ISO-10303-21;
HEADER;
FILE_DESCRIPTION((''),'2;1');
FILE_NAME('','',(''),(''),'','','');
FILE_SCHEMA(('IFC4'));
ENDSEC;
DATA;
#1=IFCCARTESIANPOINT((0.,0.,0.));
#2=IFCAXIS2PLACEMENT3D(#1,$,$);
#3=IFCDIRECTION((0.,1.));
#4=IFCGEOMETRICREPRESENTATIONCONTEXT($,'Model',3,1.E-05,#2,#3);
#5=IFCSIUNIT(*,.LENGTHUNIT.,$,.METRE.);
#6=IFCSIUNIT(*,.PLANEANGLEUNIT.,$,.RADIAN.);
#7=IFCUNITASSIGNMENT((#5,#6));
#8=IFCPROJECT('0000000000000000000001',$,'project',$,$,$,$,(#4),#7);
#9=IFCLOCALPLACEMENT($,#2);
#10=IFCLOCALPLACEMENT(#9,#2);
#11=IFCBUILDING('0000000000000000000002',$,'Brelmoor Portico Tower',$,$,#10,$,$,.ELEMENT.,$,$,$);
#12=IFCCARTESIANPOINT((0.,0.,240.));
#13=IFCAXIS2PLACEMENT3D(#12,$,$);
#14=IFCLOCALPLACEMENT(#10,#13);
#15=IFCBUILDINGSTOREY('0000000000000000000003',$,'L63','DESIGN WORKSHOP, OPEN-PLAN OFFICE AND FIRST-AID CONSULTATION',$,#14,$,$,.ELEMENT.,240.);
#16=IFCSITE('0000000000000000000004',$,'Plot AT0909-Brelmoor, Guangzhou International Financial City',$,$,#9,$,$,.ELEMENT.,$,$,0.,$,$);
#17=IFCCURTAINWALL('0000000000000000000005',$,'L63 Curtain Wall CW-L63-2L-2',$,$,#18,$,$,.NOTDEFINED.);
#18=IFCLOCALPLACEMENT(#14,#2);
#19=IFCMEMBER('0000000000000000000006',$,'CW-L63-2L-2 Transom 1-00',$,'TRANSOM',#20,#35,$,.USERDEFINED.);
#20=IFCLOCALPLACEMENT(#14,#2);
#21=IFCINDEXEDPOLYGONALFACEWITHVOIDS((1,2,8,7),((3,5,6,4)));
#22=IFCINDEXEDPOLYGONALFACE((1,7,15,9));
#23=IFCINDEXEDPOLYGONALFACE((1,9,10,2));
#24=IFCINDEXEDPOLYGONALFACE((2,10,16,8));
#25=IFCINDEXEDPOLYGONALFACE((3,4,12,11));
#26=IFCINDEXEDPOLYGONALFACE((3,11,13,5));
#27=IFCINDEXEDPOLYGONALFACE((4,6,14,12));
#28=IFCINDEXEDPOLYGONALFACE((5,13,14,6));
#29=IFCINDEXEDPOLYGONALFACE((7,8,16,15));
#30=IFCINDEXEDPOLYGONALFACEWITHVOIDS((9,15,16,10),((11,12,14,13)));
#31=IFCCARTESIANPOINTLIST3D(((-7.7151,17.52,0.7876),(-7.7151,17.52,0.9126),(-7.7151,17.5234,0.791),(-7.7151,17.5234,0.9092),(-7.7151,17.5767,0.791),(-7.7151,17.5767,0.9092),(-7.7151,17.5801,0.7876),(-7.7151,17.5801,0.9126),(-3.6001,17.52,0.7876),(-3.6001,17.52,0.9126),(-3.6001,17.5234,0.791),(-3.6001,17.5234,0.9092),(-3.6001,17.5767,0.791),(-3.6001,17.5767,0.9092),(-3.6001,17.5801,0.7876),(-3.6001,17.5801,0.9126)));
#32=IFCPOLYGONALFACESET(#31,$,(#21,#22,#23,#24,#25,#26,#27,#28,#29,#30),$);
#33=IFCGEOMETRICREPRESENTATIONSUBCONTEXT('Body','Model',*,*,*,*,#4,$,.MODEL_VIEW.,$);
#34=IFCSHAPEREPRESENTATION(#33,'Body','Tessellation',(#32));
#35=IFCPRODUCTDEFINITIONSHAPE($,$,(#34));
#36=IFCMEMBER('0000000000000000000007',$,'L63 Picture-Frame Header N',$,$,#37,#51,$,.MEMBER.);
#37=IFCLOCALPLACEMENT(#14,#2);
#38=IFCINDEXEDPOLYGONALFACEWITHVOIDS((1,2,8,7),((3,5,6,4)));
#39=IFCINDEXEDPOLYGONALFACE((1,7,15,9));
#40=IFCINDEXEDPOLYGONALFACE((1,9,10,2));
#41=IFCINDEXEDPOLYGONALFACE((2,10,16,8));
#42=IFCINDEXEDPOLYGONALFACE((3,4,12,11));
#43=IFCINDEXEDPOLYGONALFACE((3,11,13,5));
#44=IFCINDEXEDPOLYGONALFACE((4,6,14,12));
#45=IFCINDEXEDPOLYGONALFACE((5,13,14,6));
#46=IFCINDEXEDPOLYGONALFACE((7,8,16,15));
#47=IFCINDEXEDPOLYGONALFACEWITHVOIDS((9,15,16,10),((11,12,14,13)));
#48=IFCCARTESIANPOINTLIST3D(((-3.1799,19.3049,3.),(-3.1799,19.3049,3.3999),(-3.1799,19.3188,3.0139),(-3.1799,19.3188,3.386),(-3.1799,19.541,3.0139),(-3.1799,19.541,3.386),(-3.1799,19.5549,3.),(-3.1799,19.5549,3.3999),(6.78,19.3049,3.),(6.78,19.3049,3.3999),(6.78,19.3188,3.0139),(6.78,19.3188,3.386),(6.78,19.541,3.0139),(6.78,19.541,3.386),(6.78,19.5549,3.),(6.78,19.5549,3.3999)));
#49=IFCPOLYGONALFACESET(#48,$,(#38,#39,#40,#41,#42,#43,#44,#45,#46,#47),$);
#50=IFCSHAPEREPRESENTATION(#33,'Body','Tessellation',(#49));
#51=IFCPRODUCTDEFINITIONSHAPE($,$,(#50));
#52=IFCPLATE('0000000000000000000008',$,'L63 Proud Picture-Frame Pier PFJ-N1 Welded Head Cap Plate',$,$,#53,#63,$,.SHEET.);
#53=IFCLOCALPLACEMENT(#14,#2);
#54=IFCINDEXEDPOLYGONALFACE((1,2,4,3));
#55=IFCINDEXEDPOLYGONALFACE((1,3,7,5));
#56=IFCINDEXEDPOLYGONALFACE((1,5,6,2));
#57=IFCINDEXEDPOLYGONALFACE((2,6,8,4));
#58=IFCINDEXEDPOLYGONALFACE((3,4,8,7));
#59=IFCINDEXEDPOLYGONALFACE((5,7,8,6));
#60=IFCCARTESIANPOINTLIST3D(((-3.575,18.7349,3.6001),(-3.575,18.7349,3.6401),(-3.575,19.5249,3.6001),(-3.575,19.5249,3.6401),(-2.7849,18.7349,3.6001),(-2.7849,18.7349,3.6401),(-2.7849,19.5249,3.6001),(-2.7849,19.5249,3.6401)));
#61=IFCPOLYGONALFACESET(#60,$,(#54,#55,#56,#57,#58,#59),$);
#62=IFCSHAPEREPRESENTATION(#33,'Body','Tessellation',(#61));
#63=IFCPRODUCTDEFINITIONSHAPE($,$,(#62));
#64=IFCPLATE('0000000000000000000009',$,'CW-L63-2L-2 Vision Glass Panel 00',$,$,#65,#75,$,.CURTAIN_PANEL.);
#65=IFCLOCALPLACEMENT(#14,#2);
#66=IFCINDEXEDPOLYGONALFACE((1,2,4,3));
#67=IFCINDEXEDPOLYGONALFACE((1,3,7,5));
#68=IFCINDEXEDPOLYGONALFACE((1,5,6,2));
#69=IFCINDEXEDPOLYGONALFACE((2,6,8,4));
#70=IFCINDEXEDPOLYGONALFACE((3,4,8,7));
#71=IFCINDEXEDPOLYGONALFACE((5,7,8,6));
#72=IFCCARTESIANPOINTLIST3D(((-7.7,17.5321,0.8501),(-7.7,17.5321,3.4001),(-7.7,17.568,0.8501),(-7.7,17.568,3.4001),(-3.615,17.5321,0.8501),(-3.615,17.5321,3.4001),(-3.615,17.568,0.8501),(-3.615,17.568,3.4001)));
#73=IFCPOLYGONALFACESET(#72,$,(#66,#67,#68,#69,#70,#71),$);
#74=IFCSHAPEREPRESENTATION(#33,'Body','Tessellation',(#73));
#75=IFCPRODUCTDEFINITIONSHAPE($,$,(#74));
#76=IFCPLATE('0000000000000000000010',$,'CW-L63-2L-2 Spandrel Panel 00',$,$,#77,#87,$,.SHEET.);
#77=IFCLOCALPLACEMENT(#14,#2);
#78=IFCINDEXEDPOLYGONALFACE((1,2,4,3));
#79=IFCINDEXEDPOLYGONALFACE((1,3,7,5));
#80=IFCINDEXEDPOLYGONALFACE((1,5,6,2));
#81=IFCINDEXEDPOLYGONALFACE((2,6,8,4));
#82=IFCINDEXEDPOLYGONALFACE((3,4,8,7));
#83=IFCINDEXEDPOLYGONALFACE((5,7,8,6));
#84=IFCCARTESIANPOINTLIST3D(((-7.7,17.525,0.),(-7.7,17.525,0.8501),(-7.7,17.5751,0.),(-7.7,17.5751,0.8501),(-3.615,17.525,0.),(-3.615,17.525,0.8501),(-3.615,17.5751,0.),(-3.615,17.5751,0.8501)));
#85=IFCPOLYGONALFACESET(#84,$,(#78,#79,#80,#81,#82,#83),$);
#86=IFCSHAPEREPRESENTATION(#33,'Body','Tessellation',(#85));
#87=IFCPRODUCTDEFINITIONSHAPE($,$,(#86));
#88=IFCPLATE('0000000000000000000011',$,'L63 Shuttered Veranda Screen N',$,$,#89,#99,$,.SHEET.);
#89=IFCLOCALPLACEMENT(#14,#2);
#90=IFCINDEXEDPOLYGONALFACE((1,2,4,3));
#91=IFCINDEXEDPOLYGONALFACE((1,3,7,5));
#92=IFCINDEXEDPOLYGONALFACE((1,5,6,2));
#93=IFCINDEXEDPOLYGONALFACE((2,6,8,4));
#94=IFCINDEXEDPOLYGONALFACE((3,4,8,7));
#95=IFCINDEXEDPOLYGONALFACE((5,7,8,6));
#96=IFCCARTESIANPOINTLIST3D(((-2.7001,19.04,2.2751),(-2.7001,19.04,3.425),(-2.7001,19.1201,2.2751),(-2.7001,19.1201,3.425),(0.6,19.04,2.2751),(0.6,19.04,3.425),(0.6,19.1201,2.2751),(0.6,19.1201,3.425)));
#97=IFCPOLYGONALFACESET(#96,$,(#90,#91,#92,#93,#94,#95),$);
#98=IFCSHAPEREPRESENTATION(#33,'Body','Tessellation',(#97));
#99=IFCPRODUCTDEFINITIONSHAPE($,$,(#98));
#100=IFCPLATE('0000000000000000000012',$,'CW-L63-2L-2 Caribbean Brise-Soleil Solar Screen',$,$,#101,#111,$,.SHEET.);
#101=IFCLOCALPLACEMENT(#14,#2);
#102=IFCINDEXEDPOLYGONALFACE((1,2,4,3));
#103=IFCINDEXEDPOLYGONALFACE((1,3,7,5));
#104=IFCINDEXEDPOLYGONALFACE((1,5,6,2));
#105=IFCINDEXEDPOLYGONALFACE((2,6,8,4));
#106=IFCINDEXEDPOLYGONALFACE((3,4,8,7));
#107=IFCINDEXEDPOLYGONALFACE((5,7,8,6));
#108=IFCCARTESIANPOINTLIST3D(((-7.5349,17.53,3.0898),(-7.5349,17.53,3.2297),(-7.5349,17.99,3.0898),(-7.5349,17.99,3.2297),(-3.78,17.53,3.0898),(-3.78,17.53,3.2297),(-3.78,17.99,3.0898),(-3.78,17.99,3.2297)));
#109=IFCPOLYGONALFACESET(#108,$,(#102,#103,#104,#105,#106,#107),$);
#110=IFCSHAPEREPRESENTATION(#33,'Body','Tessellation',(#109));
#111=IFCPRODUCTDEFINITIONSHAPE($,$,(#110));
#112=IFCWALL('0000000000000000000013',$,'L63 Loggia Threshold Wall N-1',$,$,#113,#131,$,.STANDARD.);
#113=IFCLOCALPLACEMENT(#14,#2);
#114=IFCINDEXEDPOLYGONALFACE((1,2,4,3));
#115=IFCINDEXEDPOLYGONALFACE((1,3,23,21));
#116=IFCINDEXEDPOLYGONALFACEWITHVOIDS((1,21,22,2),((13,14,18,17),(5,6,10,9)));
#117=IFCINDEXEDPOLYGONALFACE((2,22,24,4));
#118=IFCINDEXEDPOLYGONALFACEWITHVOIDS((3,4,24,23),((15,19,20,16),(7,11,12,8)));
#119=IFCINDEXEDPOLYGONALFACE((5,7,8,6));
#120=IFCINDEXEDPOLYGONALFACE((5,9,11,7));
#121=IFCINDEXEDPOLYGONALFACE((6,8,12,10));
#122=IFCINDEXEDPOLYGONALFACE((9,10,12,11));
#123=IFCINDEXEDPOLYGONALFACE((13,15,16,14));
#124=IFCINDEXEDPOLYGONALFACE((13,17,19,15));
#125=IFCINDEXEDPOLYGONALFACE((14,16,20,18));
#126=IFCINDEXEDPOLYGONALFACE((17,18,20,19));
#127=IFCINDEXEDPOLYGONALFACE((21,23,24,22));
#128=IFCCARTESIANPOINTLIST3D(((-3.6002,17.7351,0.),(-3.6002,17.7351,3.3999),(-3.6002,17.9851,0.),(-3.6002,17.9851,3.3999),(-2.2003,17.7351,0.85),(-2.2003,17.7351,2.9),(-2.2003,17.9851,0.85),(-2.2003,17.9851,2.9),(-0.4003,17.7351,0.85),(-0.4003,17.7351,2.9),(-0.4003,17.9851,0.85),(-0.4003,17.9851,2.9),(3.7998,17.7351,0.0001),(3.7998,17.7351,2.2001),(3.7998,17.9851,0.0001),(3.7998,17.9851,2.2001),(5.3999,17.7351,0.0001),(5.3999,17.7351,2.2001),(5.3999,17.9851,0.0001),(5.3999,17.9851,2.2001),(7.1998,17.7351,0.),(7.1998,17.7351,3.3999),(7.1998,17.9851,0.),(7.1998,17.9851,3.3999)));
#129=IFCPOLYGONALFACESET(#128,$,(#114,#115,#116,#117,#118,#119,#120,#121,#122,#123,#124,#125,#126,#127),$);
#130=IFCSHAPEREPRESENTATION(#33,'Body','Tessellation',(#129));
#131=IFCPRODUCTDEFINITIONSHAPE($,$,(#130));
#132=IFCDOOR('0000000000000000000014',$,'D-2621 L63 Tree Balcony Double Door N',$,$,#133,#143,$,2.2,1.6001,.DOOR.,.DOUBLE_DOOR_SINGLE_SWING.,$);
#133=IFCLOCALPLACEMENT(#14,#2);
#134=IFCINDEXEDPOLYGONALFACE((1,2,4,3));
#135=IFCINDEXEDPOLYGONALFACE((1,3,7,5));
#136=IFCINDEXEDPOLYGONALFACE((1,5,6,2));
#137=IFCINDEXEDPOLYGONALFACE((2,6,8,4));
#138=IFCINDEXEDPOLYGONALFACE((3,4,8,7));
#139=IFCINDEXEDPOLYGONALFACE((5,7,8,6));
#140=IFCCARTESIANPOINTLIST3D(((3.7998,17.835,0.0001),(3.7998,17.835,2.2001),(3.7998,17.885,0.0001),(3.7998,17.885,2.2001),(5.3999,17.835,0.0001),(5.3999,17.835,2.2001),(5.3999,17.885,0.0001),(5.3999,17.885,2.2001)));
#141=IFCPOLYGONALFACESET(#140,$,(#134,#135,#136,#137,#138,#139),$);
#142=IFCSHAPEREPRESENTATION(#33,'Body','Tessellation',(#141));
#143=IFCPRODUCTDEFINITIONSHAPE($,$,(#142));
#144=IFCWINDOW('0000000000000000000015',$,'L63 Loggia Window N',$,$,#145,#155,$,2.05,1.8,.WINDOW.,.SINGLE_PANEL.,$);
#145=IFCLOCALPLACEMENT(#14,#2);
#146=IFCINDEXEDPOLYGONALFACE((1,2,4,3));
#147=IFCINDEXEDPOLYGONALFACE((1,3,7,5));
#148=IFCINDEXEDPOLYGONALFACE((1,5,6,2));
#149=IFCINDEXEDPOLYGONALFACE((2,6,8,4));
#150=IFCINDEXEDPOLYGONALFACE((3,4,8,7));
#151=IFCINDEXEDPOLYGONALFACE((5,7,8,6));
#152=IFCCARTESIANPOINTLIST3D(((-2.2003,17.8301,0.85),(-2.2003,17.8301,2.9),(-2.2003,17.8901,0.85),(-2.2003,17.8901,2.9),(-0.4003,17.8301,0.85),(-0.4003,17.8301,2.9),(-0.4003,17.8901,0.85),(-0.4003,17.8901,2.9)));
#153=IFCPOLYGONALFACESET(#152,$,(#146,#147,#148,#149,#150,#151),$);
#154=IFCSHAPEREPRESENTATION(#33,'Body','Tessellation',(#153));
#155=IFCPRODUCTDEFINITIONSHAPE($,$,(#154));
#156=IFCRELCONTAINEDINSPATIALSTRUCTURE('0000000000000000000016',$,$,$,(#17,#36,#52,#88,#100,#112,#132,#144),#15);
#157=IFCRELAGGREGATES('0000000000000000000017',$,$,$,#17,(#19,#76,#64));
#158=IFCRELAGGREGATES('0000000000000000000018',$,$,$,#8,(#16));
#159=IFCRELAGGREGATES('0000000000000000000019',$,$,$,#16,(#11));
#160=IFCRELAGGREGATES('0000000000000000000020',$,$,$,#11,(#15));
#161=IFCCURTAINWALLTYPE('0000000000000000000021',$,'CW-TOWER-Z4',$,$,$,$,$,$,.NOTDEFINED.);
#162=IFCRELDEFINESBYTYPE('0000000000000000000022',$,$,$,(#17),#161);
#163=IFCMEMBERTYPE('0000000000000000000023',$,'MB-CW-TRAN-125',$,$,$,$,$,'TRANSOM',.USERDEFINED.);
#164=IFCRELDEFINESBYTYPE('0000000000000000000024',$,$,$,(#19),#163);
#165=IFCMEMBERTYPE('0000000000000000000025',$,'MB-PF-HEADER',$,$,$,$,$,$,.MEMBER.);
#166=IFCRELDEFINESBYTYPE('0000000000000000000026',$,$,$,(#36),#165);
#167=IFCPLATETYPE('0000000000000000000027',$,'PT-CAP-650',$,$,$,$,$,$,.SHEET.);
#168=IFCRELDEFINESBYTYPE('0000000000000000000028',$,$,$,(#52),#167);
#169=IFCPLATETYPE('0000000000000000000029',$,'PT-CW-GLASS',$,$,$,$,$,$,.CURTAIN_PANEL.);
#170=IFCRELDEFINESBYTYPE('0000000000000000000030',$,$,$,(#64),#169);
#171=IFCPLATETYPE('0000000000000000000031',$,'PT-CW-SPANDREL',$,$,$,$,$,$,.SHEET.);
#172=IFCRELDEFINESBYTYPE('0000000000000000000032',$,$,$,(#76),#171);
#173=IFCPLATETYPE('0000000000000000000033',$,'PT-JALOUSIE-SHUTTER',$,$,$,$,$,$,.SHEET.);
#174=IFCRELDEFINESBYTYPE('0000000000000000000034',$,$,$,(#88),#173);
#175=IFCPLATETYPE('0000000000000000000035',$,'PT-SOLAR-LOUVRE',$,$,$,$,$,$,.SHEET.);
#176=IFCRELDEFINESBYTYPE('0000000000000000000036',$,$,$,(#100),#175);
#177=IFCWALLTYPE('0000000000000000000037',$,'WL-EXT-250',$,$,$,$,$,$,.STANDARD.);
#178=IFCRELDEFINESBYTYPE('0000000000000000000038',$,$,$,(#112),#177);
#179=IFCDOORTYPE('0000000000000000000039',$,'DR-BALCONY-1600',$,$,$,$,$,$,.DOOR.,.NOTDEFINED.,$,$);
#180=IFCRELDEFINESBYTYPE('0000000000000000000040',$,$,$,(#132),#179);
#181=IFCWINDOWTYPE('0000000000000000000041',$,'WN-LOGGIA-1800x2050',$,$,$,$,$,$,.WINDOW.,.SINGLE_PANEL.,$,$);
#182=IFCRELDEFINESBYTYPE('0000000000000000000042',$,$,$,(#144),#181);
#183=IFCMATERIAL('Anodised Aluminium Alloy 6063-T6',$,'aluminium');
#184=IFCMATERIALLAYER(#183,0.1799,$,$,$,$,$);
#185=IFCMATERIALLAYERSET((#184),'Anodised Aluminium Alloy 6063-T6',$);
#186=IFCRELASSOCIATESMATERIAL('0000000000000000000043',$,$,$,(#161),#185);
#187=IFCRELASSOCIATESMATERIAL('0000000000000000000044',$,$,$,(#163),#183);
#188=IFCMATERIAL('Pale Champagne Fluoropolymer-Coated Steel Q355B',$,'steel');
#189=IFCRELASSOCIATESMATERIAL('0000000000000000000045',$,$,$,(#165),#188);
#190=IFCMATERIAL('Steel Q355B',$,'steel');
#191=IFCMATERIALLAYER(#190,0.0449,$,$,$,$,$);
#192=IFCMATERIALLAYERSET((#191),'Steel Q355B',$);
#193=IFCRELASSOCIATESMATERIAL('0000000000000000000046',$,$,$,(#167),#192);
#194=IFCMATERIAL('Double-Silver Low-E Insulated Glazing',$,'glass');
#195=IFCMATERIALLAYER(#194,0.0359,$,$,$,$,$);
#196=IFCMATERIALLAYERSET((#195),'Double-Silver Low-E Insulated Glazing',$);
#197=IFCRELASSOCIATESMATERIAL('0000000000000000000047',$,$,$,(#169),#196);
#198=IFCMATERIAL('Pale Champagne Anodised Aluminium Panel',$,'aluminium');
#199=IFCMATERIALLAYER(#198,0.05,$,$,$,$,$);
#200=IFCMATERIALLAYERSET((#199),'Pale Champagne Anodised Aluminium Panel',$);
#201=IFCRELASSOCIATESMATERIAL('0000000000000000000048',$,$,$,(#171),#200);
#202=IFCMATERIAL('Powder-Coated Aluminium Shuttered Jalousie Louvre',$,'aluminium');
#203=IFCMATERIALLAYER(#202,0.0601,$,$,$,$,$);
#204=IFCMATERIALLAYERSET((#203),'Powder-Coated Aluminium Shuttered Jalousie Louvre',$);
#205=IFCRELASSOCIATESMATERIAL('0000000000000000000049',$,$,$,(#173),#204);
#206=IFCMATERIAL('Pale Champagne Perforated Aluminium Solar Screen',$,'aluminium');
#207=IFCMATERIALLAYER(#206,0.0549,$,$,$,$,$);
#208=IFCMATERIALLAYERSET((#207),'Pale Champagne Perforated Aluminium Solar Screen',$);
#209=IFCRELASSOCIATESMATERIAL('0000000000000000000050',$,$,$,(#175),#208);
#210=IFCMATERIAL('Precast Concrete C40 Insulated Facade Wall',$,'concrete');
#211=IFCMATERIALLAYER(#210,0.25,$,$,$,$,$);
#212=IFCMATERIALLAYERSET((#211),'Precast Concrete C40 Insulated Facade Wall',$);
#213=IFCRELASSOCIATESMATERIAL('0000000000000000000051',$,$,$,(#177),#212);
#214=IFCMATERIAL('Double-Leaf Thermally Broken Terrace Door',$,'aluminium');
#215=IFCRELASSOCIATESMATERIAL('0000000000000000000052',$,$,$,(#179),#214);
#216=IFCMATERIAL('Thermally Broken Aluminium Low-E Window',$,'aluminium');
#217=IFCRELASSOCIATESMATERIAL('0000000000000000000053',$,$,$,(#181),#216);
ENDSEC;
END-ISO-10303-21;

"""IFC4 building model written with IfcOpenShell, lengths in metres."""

from ifc_helpers import new_model, si_unit, direction, frame, frame_2d, origin, origin_2d, place, context, subcontext, project, spatial, rectangle, hollow_rectangle, extrude, material, layer, layer_set, material_profile, profile_set, type_object, element, fill, aggregate, save


model = new_model("IFC4")

# Units and contexts
model_context = context("Model", 3, precision=1e-05, world=origin(), true_north=direction((0.0, 1.0)))
body_context = subcontext(model_context, "Body", "Model", "MODEL_VIEW")
ifc_project = project(units=[si_unit("LENGTHUNIT", "METRE"), si_unit("PLANEANGLEUNIT", "RADIAN")], contexts=[model_context])

# Site, building, storey
site_placement = place(None, origin())
site = spatial("IfcSite", under=ifc_project, at=site_placement, Name="Plot AT0909-Brelmoor, Guangzhou International Financial City", CompositionType="ELEMENT", RefElevation=0.0)
building_placement = place(site_placement, origin())
building = spatial("IfcBuilding", under=site, at=building_placement, Name="Brelmoor Portico Tower", CompositionType="ELEMENT")
storey_placement = place(building_placement, frame((0.0, 0.0, 240.0)))
storey = spatial("IfcBuildingStorey", under=building, at=storey_placement, Name="L63", Description="DESIGN WORKSHOP, OPEN-PLAN OFFICE AND FIRST-AID CONSULTATION", CompositionType="ELEMENT", Elevation=240.0)

# Shared definitions
ifc_material_1 = material(Name="Steel Q355B", Category="steel")

# Shared definitions
ifc_material_2 = material(Name="Anodised Aluminium Alloy 6063-T6", Category="aluminium")

# Curtain wall, member
ifc_layer_1 = layer(ifc_material_2, 0.1799)
ifc_layer_set_1 = layer_set([ifc_layer_1], Name="Anodised Aluminium Alloy 6063-T6")
curtain_wall_type_1 = type_object("IfcCurtainWallType", Name="CW-TOWER-Z4", PredefinedType="NOTDEFINED", material=ifc_layer_set_1)
curtain_wall_1_placement = place(storey_placement, origin())
curtain_wall_1 = element("IfcCurtainWall", 1, at=curtain_wall_1_placement, inside=storey, type_object=curtain_wall_type_1, Name="L63 Curtain Wall CW-L63-2L-2", PredefinedType="NOTDEFINED")
ifc_material_profile_1 = material_profile(ifc_material_2, hollow_rectangle(XDim=0.0601, YDim=0.125, WallThickness=0.0034, at=origin_2d()), Name="ALU TRANSOM 60x125")
ifc_profile_set_1 = profile_set([ifc_material_profile_1], Name="Anodised Aluminium Alloy 6063-T6")
member_type_1 = type_object("IfcMemberType", Name="MB-CW-TRAN-125", ElementType="TRANSOM", PredefinedType="USERDEFINED", material=ifc_profile_set_1)
member_1_placement = place(storey_placement, frame((-7.7151, 17.55, 0.8501), z_axis=(1.0, 0.0, 0.0), x_axis=(0.0, 1.0, 0.0)))
member_1 = element("IfcMember", 2, at=member_1_placement, type_object=member_type_1, Name="CW-L63-2L-2 Transom 1-00", ObjectType="TRANSOM", PredefinedType="USERDEFINED", context=body_context, shape_type="SweptSolid", body=[
    extrude(hollow_rectangle(XDim=0.0601, YDim=0.125, WallThickness=0.0034, at=origin_2d()), origin(), (0.0, 0.0, 1.0), 4.115),
])

# Member
ifc_material_3 = material(Name="Pale Champagne Fluoropolymer-Coated Steel Q355B", Category="steel")
ifc_material_profile_2 = material_profile(ifc_material_3, hollow_rectangle(XDim=0.25, YDim=0.3999, WallThickness=0.0139, at=origin_2d()), Name="RHS 250x400x14")
ifc_profile_set_2 = profile_set([ifc_material_profile_2], Name="Pale Champagne Fluoropolymer-Coated Steel Q355B")
member_type_2 = type_object("IfcMemberType", Name="MB-PF-HEADER", PredefinedType="MEMBER", material=ifc_profile_set_2)
member_2_placement = place(storey_placement, frame((-3.1799, 19.4299, 3.2), z_axis=(1.0, 0.0, 0.0), x_axis=(0.0, 1.0, 0.0)))
element("IfcMember", 3, at=member_2_placement, inside=storey, type_object=member_type_2, Name="L63 Picture-Frame Header N", PredefinedType="MEMBER", context=body_context, shape_type="SweptSolid", body=[
    extrude(hollow_rectangle(XDim=0.25, YDim=0.3999, WallThickness=0.0139, at=origin_2d()), origin(), (0.0, 0.0, 1.0), 9.96),
])

# Plates
ifc_layer_2 = layer(ifc_material_1, 0.0449)
ifc_layer_set_2 = layer_set([ifc_layer_2], Name="Steel Q355B")
plate_type_1 = type_object("IfcPlateType", Name="PT-CAP-650", PredefinedType="SHEET", material=ifc_layer_set_2)
plate_1_placement = place(storey_placement, frame((-3.1799, 19.1299, 3.6001), z_axis=(0.0, 0.0, 1.0), x_axis=(1.0, 0.0, 0.0)))
element("IfcPlate", 4, at=plate_1_placement, inside=storey, type_object=plate_type_1, Name="L63 Proud Picture-Frame Pier PFJ-N1 Welded Head Cap Plate", PredefinedType="SHEET", context=body_context, shape_type="SweptSolid", body=[
    extrude(rectangle(XDim=0.79, YDim=0.79, at=origin_2d()), origin(), (0.0, 0.0, 1.0), 0.04),
])
ifc_material_4 = material(Name="Double-Silver Low-E Insulated Glazing", Category="glass")
ifc_layer_3 = layer(ifc_material_4, 0.0359)
ifc_layer_set_3 = layer_set([ifc_layer_3], Name="Double-Silver Low-E Insulated Glazing")
plate_type_2 = type_object("IfcPlateType", Name="PT-CW-GLASS", PredefinedType="CURTAIN_PANEL", material=ifc_layer_set_3)
plate_2_placement = place(storey_placement, frame((-5.6575, 17.55, 0.8501), z_axis=(0.0, 0.0, 1.0), x_axis=(1.0, 0.0, 0.0)))
plate_2 = element("IfcPlate", 5, at=plate_2_placement, type_object=plate_type_2, Name="CW-L63-2L-2 Vision Glass Panel 00", PredefinedType="CURTAIN_PANEL", context=body_context, shape_type="SweptSolid", body=[
    extrude(rectangle(XDim=4.085, YDim=0.0359, at=origin_2d()), origin(), (0.0, 0.0, 1.0), 2.55),
])
ifc_material_5 = material(Name="Pale Champagne Anodised Aluminium Panel", Category="aluminium")
ifc_layer_4 = layer(ifc_material_5, 0.05)
ifc_layer_set_4 = layer_set([ifc_layer_4], Name="Pale Champagne Anodised Aluminium Panel")
plate_type_3 = type_object("IfcPlateType", Name="PT-CW-SPANDREL", PredefinedType="SHEET", material=ifc_layer_set_4)
plate_3_placement = place(storey_placement, frame((-5.6575, 17.55, 0.0), z_axis=(0.0, 0.0, 1.0), x_axis=(1.0, 0.0, 0.0)))
plate_3 = element("IfcPlate", 6, at=plate_3_placement, type_object=plate_type_3, Name="CW-L63-2L-2 Spandrel Panel 00", PredefinedType="SHEET", context=body_context, shape_type="SweptSolid", body=[
    extrude(rectangle(XDim=4.085, YDim=0.05, at=origin_2d()), origin(), (0.0, 0.0, 1.0), 0.8501),
])
aggregate(curtain_wall_1, [member_1, plate_3, plate_2])

# Plates
ifc_material_6 = material(Name="Powder-Coated Aluminium Shuttered Jalousie Louvre", Category="aluminium")
ifc_layer_5 = layer(ifc_material_6, 0.0601)
ifc_layer_set_5 = layer_set([ifc_layer_5], Name="Powder-Coated Aluminium Shuttered Jalousie Louvre")
plate_type_4 = type_object("IfcPlateType", Name="PT-JALOUSIE-SHUTTER", PredefinedType="SHEET", material=ifc_layer_set_5)
plate_4_placement = place(storey_placement, frame((-1.05, 19.0801, 2.2751), z_axis=(0.0, 0.0, 1.0), x_axis=(1.0, 0.0, 0.0)))
element("IfcPlate", 7, at=plate_4_placement, inside=storey, type_object=plate_type_4, Name="L63 Shuttered Veranda Screen N", PredefinedType="SHEET", context=body_context, shape_type="SweptSolid", body=[
    extrude(rectangle(XDim=3.3, YDim=0.0801, at=origin_2d()), origin(), (0.0, 0.0, 1.0), 1.1499),
])
ifc_material_7 = material(Name="Pale Champagne Perforated Aluminium Solar Screen", Category="aluminium")
ifc_layer_6 = layer(ifc_material_7, 0.0549)
ifc_layer_set_6 = layer_set([ifc_layer_6], Name="Pale Champagne Perforated Aluminium Solar Screen")
plate_type_5 = type_object("IfcPlateType", Name="PT-SOLAR-LOUVRE", PredefinedType="SHEET", material=ifc_layer_set_6)
plate_5_placement = place(storey_placement, frame((-5.6575, 17.76, 3.0898), z_axis=(0.0, 0.0, 1.0), x_axis=(1.0, 0.0, 0.0)))
element("IfcPlate", 8, at=plate_5_placement, inside=storey, type_object=plate_type_5, Name="CW-L63-2L-2 Caribbean Brise-Soleil Solar Screen", PredefinedType="SHEET", context=body_context, shape_type="SweptSolid", body=[
    extrude(rectangle(XDim=3.7549, YDim=0.46, at=origin_2d()), origin(), (0.0, 0.0, 1.0), 0.1399),
])

# Wall, openings, door, window
ifc_material_8 = material(Name="Precast Concrete C40 Insulated Facade Wall", Category="concrete")
ifc_layer_7 = layer(ifc_material_8, 0.25)
ifc_layer_set_7 = layer_set([ifc_layer_7], Name="Precast Concrete C40 Insulated Facade Wall")
wall_type_1 = type_object("IfcWallType", Name="WL-EXT-250", PredefinedType="STANDARD", material=ifc_layer_set_7)
wall_1_placement = place(storey_placement, frame((-3.6001, 17.8601, 0.0), z_axis=(0.0, 0.0, 1.0), x_axis=(1.0, 0.0, 0.0)))
wall_1 = element("IfcWall", 9, at=wall_1_placement, inside=storey, type_object=wall_type_1, Name="L63 Loggia Threshold Wall N-1", PredefinedType="STANDARD", context=body_context, shape_type="SweptSolid", body=[
    extrude(rectangle(XDim=10.8, YDim=0.25, at=frame_2d((5.3999, 0.0))), origin(), (0.0, 0.0, 1.0), 3.3999),
])
opening_1_placement = place(wall_1_placement, frame((7.3999, 0.0, 0.0)))
opening_1 = element("IfcOpeningElement", 10, at=opening_1_placement, cuts=wall_1, PredefinedType="OPENING", context=body_context, shape_type="SweptSolid", body=[
    extrude(rectangle(XDim=1.6001, YDim=2.2, at=frame_2d((0.8, 1.1001))), frame((0.0, 0.135, 0.0), z_axis=(0.0, -1.0, 0.0), x_axis=(1.0, 0.0, 0.0)), (0.0, 0.0, 1.0), 0.27),
])
opening_2_placement = place(wall_1_placement, frame((1.3999, 0.0, 0.8501)))
opening_2 = element("IfcOpeningElement", 11, at=opening_2_placement, cuts=wall_1, PredefinedType="OPENING", context=body_context, shape_type="SweptSolid", body=[
    extrude(rectangle(XDim=1.8, YDim=2.05, at=frame_2d((0.8999, 1.0249))), frame((0.0, 0.135, 0.0), z_axis=(0.0, -1.0, 0.0), x_axis=(1.0, 0.0, 0.0)), (0.0, 0.0, 1.0), 0.27),
])
ifc_material_9 = material(Name="Double-Leaf Thermally Broken Terrace Door", Category="aluminium")
door_type_1 = type_object("IfcDoorType", Name="DR-BALCONY-1600", OperationType="NOTDEFINED", PredefinedType="DOOR", material=ifc_material_9)
door_1_placement = place(opening_1_placement, origin())
door_1 = element("IfcDoor", 12, at=door_1_placement, inside=storey, type_object=door_type_1, Name="D-2621 L63 Tree Balcony Double Door N", OperationType="DOUBLE_DOOR_SINGLE_SWING", OverallHeight=2.2, OverallWidth=1.6001, PredefinedType="DOOR", context=body_context, shape_type="SweptSolid", body=[
    extrude(rectangle(XDim=1.6001, YDim=2.2, at=frame_2d((0.8, 1.1001))), frame((0.0, 0.0249, 0.0), z_axis=(0.0, -1.0, 0.0), x_axis=(1.0, 0.0, 0.0)), (0.0, 0.0, 1.0), 0.05),
])
fill(opening_1, door_1)
ifc_material_10 = material(Name="Thermally Broken Aluminium Low-E Window", Category="aluminium")
window_type = type_object("IfcWindowType", Name="WN-LOGGIA-1800x2050", PartitioningType="SINGLE_PANEL", PredefinedType="WINDOW", material=ifc_material_10)
window_placement = place(opening_2_placement, origin())
window = element("IfcWindow", 13, at=window_placement, inside=storey, type_object=window_type, Name="L63 Loggia Window N", OverallHeight=2.05, OverallWidth=1.8, PartitioningType="SINGLE_PANEL", PredefinedType="WINDOW", context=body_context, shape_type="SweptSolid", body=[
    extrude(rectangle(XDim=1.8, YDim=2.05, at=frame_2d((0.8999, 1.0249))), frame((0.0, 0.03, 0.0), z_axis=(0.0, -1.0, 0.0), x_axis=(1.0, 0.0, 0.0)), (0.0, 0.0, 1.0), 0.0601),
])
fill(opening_2, window)

save(model, "model.ifc")
